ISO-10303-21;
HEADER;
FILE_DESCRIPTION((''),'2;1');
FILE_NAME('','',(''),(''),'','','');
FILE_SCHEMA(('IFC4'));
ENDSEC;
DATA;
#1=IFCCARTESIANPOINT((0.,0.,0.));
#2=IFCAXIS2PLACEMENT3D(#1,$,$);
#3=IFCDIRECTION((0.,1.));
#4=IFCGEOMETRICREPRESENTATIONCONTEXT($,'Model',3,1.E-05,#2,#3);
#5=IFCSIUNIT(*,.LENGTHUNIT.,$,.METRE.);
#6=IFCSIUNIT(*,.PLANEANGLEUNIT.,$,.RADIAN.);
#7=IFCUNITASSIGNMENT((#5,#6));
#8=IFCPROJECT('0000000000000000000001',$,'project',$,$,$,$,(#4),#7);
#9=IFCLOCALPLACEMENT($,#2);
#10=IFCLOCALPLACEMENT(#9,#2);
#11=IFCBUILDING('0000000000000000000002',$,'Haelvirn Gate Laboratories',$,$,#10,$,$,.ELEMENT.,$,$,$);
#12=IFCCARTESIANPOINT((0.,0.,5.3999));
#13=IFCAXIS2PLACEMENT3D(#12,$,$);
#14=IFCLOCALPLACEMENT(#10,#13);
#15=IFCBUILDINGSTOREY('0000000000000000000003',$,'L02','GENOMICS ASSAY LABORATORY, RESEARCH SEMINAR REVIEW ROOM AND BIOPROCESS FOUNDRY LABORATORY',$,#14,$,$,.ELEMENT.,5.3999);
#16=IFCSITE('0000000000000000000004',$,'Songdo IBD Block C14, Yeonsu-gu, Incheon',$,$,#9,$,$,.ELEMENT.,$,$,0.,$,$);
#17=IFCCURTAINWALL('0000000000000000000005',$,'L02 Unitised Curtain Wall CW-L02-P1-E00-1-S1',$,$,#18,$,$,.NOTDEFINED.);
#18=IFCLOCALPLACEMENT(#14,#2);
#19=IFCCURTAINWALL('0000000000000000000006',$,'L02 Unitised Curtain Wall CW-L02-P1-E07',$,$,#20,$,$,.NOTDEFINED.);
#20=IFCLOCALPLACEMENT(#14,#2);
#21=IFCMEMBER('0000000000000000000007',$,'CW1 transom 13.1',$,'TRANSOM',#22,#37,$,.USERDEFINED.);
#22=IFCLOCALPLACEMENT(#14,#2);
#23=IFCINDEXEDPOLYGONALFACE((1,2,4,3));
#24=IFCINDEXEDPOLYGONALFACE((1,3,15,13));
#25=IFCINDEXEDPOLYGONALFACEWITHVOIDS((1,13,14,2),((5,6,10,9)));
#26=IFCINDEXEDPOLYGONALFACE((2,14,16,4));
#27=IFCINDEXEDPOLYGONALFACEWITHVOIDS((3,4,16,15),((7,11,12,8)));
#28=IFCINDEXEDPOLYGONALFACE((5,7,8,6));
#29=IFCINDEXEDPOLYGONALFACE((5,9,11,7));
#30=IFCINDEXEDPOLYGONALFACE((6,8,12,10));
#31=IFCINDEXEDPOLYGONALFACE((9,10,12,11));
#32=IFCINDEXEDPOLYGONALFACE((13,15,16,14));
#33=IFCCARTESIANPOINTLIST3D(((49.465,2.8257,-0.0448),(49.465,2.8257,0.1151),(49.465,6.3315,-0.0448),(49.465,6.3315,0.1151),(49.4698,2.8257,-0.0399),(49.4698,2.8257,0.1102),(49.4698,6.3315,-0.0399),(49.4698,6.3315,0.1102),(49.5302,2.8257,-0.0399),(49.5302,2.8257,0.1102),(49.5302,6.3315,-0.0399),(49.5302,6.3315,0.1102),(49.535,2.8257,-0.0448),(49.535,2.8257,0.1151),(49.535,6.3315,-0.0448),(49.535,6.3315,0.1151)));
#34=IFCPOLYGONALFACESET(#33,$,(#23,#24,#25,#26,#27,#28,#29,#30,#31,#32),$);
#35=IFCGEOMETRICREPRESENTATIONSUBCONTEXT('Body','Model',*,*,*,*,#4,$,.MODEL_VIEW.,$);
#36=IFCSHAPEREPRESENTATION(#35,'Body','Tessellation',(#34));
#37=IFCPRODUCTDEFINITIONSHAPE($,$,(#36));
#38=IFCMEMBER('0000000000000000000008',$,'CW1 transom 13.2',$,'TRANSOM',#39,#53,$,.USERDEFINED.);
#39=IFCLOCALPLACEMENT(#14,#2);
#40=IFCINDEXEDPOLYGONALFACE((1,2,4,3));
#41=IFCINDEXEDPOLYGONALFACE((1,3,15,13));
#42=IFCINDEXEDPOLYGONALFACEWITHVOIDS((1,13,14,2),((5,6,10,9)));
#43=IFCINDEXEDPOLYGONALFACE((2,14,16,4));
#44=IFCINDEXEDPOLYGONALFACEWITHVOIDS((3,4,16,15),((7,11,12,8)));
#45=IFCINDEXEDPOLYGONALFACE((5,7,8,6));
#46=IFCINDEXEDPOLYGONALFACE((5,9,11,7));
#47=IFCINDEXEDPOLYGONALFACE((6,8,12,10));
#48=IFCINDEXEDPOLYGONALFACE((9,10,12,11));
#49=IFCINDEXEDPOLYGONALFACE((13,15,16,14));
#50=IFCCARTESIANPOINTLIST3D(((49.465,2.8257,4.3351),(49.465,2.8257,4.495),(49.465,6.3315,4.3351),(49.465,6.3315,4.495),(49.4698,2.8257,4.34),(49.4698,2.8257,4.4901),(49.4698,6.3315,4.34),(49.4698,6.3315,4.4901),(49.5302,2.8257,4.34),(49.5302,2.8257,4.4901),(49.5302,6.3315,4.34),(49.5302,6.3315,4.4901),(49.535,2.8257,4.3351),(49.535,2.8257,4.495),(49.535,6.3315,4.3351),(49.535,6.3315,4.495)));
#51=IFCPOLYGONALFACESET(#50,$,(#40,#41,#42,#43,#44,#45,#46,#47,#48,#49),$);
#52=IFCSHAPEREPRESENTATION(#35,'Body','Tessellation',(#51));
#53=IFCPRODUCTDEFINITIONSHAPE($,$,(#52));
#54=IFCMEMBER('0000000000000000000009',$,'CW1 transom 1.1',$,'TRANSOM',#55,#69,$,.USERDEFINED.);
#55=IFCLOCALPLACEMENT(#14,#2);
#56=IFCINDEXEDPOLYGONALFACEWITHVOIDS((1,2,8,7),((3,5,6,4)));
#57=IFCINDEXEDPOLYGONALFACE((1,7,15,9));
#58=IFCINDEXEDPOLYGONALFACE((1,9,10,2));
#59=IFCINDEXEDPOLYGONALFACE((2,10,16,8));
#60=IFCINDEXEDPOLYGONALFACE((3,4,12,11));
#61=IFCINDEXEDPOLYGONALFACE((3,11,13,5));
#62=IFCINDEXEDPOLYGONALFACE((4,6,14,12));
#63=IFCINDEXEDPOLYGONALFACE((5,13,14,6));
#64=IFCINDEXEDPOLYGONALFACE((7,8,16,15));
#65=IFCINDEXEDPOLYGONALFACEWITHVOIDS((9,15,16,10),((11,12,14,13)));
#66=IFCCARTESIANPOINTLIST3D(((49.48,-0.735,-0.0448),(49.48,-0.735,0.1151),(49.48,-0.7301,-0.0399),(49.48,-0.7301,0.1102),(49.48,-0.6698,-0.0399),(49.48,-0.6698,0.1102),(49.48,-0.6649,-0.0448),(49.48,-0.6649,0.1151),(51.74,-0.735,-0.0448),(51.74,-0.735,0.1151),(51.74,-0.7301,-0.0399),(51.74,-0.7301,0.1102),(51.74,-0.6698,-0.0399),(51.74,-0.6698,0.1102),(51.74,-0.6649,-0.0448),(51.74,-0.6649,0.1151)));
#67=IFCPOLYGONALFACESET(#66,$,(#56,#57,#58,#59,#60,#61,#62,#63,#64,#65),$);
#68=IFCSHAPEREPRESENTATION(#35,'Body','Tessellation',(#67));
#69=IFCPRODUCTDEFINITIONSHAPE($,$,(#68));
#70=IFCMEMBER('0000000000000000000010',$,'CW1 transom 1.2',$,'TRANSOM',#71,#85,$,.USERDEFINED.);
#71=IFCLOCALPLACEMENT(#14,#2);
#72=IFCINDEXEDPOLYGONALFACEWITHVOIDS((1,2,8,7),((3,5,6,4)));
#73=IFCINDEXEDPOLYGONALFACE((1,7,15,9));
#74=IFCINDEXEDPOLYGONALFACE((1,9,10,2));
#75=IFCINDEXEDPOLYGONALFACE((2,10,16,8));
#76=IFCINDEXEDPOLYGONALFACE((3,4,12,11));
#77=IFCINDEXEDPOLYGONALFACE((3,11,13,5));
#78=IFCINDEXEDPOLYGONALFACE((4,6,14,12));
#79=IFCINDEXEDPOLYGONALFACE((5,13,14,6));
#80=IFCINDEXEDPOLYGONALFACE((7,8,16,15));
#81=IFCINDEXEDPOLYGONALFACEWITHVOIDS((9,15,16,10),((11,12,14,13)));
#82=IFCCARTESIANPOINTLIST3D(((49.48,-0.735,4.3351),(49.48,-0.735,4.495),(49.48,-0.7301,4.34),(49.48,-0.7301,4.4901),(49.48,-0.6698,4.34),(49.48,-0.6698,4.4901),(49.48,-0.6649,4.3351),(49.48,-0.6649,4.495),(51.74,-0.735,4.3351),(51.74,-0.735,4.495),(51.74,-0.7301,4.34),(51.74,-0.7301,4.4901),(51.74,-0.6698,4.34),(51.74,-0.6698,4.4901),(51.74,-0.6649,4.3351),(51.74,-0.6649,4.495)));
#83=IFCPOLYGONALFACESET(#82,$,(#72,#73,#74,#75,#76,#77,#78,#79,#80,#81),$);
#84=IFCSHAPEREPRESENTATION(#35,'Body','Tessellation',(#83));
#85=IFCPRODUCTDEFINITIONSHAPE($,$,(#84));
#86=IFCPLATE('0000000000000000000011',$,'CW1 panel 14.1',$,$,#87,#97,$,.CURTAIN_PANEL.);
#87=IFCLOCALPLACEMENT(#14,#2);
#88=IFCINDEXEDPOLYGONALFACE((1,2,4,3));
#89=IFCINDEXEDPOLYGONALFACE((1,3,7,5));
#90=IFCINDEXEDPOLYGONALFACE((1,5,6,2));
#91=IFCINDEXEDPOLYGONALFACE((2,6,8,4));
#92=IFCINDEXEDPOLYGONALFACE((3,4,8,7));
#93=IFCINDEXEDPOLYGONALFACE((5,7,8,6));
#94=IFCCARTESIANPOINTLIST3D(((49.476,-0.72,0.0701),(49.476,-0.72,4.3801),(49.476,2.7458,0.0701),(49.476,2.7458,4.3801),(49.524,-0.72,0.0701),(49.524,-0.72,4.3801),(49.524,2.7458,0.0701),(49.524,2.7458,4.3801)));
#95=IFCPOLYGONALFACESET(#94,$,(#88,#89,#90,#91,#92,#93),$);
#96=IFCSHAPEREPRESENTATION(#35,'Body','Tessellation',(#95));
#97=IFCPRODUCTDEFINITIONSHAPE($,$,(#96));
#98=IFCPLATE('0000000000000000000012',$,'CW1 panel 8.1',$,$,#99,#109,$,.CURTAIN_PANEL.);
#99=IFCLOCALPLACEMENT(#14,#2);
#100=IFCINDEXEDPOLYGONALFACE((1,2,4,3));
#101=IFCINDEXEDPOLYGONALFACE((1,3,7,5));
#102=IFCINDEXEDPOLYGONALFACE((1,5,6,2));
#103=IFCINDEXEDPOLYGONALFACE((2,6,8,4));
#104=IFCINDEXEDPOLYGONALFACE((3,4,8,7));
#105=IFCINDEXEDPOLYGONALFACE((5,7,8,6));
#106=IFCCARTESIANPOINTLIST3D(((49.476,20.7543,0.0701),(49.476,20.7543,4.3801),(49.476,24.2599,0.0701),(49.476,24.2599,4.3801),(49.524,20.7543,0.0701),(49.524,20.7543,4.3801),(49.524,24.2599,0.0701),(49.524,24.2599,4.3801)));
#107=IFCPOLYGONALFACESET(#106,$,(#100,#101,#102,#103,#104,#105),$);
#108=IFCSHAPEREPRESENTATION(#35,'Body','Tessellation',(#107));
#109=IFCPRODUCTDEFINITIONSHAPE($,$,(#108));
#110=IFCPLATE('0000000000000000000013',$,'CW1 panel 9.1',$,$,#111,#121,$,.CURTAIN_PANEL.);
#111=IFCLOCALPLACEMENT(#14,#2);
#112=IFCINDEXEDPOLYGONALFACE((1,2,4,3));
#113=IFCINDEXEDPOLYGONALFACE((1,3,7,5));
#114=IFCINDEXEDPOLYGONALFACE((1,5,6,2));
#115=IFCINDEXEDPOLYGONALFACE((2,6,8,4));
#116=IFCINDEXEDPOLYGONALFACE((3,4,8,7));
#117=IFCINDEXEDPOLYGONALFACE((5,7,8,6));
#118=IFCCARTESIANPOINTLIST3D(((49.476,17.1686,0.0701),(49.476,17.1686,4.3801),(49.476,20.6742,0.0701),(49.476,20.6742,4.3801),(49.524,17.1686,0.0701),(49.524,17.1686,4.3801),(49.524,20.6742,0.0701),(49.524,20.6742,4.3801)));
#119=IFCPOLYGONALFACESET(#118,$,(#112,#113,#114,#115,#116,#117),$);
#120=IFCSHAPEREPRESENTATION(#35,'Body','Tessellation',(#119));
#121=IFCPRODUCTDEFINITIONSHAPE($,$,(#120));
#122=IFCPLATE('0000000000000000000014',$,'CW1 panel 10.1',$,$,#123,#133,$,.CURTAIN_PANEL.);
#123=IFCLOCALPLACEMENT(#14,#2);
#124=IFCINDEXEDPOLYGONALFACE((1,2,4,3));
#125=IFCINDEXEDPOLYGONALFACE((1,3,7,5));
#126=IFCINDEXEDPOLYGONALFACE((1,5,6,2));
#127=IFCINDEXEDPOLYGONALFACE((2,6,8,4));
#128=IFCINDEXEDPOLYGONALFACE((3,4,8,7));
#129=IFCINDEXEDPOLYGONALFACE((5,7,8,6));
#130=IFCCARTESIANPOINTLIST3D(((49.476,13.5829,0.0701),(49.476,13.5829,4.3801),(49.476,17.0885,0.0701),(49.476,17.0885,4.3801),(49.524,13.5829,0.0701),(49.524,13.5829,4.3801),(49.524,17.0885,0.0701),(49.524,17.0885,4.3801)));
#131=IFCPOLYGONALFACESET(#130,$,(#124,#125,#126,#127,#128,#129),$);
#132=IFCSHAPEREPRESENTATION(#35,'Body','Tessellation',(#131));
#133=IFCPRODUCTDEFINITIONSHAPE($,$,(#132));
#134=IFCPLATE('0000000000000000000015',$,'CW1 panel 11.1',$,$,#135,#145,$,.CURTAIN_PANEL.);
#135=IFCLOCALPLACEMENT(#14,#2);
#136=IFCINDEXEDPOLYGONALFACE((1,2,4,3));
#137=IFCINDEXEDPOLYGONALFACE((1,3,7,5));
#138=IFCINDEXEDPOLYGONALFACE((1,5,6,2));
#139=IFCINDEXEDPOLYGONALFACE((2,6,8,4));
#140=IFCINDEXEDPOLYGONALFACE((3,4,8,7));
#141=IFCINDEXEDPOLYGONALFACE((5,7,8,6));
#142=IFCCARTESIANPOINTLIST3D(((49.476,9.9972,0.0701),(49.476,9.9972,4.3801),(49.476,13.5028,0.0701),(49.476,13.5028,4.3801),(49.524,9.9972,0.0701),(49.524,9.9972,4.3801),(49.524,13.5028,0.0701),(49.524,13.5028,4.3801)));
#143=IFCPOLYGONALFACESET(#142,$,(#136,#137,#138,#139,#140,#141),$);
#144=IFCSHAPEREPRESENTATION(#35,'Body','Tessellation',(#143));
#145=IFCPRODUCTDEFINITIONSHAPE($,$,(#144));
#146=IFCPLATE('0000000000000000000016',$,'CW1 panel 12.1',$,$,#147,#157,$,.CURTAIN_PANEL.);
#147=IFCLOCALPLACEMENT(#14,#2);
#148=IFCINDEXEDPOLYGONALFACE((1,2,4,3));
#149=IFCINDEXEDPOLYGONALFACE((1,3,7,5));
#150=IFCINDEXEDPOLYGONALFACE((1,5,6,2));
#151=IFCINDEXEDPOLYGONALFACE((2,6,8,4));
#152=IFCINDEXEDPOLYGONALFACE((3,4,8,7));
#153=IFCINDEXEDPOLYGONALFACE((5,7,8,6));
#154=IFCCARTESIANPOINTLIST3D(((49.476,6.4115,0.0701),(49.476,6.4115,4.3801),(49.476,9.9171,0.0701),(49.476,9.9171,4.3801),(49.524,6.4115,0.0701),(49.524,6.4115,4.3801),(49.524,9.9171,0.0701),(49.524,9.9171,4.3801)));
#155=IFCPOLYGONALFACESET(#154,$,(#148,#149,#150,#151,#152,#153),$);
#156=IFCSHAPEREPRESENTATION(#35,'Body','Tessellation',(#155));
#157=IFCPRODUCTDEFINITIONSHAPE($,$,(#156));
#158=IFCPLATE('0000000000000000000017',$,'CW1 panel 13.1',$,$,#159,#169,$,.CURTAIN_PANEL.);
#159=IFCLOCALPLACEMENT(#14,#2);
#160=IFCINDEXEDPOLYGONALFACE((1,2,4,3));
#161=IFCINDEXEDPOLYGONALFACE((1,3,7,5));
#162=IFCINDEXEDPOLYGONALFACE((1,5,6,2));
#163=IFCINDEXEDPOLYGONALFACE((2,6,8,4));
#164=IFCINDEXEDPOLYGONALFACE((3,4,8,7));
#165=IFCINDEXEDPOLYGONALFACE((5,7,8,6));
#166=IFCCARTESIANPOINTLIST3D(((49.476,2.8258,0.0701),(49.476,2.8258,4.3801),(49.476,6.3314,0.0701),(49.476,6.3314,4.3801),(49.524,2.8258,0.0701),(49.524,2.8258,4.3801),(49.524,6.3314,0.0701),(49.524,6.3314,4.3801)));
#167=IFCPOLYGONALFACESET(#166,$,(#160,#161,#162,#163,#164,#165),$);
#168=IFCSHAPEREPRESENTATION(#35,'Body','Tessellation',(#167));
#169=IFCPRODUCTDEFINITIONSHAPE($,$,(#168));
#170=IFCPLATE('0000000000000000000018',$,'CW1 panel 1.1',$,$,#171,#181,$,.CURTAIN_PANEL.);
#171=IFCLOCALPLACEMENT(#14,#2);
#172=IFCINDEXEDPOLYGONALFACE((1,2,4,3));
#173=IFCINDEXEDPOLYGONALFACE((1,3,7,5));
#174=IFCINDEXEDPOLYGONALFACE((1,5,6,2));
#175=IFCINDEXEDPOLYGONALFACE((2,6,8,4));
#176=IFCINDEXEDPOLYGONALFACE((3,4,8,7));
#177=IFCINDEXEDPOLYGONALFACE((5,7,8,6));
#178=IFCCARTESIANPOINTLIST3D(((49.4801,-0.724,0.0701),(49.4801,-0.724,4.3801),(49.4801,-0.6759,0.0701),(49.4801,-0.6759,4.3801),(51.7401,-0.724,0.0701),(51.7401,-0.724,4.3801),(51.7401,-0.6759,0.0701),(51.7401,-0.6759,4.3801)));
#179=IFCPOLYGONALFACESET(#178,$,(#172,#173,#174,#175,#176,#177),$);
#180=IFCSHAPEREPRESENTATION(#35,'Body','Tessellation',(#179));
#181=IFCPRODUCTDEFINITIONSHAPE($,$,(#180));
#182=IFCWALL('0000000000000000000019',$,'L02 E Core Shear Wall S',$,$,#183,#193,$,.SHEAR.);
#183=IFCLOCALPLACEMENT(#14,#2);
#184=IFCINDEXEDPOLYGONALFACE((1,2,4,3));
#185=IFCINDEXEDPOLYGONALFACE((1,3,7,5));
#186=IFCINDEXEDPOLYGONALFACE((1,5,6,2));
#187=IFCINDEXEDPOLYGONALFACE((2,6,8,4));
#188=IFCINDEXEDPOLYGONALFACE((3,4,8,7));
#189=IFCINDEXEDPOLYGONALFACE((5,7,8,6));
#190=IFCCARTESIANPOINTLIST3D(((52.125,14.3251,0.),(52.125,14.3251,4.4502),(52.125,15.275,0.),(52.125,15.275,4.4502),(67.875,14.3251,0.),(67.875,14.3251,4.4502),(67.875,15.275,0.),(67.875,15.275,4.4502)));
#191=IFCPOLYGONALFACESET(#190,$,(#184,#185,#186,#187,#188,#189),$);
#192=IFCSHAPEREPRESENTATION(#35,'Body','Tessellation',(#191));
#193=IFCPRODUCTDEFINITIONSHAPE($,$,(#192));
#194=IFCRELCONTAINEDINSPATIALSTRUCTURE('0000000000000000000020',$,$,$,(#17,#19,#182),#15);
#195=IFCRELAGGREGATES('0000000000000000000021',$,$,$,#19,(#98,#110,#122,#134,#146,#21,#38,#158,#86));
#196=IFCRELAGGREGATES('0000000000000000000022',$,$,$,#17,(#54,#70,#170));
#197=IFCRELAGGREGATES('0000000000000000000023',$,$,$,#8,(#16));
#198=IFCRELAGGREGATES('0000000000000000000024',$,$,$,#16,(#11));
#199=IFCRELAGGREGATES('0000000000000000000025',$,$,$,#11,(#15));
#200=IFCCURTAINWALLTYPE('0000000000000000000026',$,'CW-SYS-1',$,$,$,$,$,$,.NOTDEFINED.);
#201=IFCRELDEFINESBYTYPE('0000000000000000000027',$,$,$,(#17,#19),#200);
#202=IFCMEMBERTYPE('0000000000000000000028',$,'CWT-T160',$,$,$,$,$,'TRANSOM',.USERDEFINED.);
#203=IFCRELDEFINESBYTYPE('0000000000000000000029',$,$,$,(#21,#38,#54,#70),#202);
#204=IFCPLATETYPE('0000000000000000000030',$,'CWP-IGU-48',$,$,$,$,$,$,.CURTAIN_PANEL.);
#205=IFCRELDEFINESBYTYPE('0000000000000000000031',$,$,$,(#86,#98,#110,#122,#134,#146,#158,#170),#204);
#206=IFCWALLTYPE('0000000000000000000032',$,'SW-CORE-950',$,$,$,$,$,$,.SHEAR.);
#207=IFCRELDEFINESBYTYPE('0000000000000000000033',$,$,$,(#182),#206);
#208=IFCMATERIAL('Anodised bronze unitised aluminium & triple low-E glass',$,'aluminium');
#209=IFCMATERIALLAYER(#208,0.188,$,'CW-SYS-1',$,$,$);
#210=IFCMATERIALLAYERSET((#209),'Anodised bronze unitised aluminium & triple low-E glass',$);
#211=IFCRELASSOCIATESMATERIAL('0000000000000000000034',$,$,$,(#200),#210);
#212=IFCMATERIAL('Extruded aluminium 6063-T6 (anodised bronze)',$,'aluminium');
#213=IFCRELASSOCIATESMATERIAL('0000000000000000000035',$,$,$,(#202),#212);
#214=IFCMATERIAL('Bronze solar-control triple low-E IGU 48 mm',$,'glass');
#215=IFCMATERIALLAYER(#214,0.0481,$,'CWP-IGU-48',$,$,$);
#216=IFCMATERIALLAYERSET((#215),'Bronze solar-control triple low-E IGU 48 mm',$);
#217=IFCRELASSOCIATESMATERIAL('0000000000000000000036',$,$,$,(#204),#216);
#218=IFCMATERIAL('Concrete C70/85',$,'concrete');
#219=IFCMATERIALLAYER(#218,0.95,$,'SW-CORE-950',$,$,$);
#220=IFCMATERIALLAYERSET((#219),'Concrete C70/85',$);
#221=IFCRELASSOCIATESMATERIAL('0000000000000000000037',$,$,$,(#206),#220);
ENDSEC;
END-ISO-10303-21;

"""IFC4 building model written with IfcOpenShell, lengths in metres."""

from ifc_helpers import new_model, si_unit, direction, frame, frame_2d, origin, origin_2d, place, context, subcontext, project, spatial, rectangle, hollow_rectangle, extrude, source, transform, mapped, material, layer, layer_set, material_profile, profile_set, type_object, type_shapes, element, aggregate, save


model = new_model("IFC4")

# Units and contexts
model_context = context("Model", 3, precision=1e-05, world=origin(), true_north=direction((0.0, 1.0)))
body_context = subcontext(model_context, "Body", "Model", "MODEL_VIEW")
ifc_project = project(units=[si_unit("LENGTHUNIT", "METRE"), si_unit("PLANEANGLEUNIT", "RADIAN")], contexts=[model_context])

# Site, building, storey
site_placement = place(None, origin())
site = spatial("IfcSite", under=ifc_project, at=site_placement, Name="Songdo IBD Block C14, Yeonsu-gu, Incheon", CompositionType="ELEMENT", RefElevation=0.0)
building_placement = place(site_placement, origin())
building = spatial("IfcBuilding", under=site, at=building_placement, Name="Haelvirn Gate Laboratories", CompositionType="ELEMENT")
storey_placement = place(building_placement, frame((0.0, 0.0, 5.3999)))
storey = spatial("IfcBuildingStorey", under=building, at=storey_placement, Name="L02", Description="GENOMICS ASSAY LABORATORY, RESEARCH SEMINAR REVIEW ROOM AND BIOPROCESS FOUNDRY LABORATORY", CompositionType="ELEMENT", Elevation=5.3999)

# Shared definitions
ifc_material_1 = material(Name="Concrete C70/85", Category="concrete")

# Shared definitions
ifc_material_2 = material(Name="Anodised bronze unitised aluminium & triple low-E glass", Category="aluminium")
ifc_layer_1 = layer(ifc_material_2, 0.188, Name="CW-SYS-1")
ifc_layer_set_1 = layer_set([ifc_layer_1], Name="Anodised bronze unitised aluminium & triple low-E glass")
curtain_wall_type = type_object("IfcCurtainWallType", Name="CW-SYS-1", PredefinedType="NOTDEFINED", material=ifc_layer_set_1)
ifc_material_3 = material(Name="Extruded aluminium 6063-T6 (anodised bronze)", Category="aluminium")

# Curtain walls, members
curtain_wall_1_placement = place(storey_placement, origin())
curtain_wall_1 = element("IfcCurtainWall", 1, at=curtain_wall_1_placement, inside=storey, type_object=curtain_wall_type, Name="L02 Unitised Curtain Wall CW-L02-P1-E00-1-S1", PredefinedType="NOTDEFINED")
curtain_wall_2_placement = place(storey_placement, origin())
curtain_wall_2 = element("IfcCurtainWall", 2, at=curtain_wall_2_placement, inside=storey, type_object=curtain_wall_type, Name="L02 Unitised Curtain Wall CW-L02-P1-E07", PredefinedType="NOTDEFINED")
ifc_material_profile_1 = material_profile(ifc_material_3, hollow_rectangle(XDim=0.0701, YDim=0.1599, WallThickness=0.0049, at=origin_2d()), Name="CWT-160x70x5")
ifc_profile_set_1 = profile_set([ifc_material_profile_1], Name="Extruded aluminium 6063-T6 (anodised bronze)")
member_type_1 = type_object("IfcMemberType", Name="CWT-T160", ElementType="TRANSOM", PredefinedType="USERDEFINED", material=ifc_profile_set_1)
shared_shape_1 = source(origin(), body_context, "Body", "SweptSolid", [
    extrude(hollow_rectangle(XDim=0.0701, YDim=0.1599, WallThickness=0.0049, at=origin_2d()), origin(), (0.0, 0.0, 1.0), 3.5059),
])
member_1_placement = place(storey_placement, frame((49.5, 6.3315, 0.0352), z_axis=(0.0, -1.0, 0.0), x_axis=(1.0, 0.0, 0.0)))
member_1 = element("IfcMember", 3, at=member_1_placement, type_object=member_type_1, Name="CW1 transom 13.1", ObjectType="TRANSOM", PredefinedType="USERDEFINED", context=body_context, shape_type="MappedRepresentation", body=[
    mapped(shared_shape_1, transform((0.0, 0.0, 0.0), scale=1.0)),
])
member_2_placement = place(storey_placement, frame((49.5, 6.3315, 4.415), z_axis=(0.0, -1.0, 0.0), x_axis=(1.0, 0.0, 0.0)))
member_2 = element("IfcMember", 4, at=member_2_placement, type_object=member_type_1, Name="CW1 transom 13.2", ObjectType="TRANSOM", PredefinedType="USERDEFINED", context=body_context, shape_type="MappedRepresentation", body=[
    mapped(shared_shape_1, transform((0.0, 0.0, 0.0), scale=1.0)),
])

# Members
shared_shape_2 = source(origin(), body_context, "Body", "SweptSolid", [
    extrude(hollow_rectangle(XDim=0.0701, YDim=0.1599, WallThickness=0.0049, at=origin_2d()), origin(), (0.0, 0.0, 1.0), 2.26),
])
member_3_placement = place(storey_placement, frame((49.48, -0.7, 0.0352), z_axis=(1.0, 0.0, 0.0), x_axis=(0.0, 1.0, 0.0)))
member_3 = element("IfcMember", 5, at=member_3_placement, type_object=member_type_1, Name="CW1 transom 1.1", ObjectType="TRANSOM", PredefinedType="USERDEFINED", context=body_context, shape_type="MappedRepresentation", body=[
    mapped(shared_shape_2, transform((0.0, 0.0, 0.0), scale=1.0)),
])
member_4_placement = place(storey_placement, frame((49.48, -0.7, 4.415), z_axis=(1.0, 0.0, 0.0), x_axis=(0.0, 1.0, 0.0)))
member_4 = element("IfcMember", 6, at=member_4_placement, type_object=member_type_1, Name="CW1 transom 1.2", ObjectType="TRANSOM", PredefinedType="USERDEFINED", context=body_context, shape_type="MappedRepresentation", body=[
    mapped(shared_shape_2, transform((0.0, 0.0, 0.0), scale=1.0)),
])

# Plates
ifc_material_4 = material(Name="Bronze solar-control triple low-E IGU 48 mm", Category="glass")
ifc_layer_2 = layer(ifc_material_4, 0.0481, Name="CWP-IGU-48")
ifc_layer_set_2 = layer_set([ifc_layer_2], Name="Bronze solar-control triple low-E IGU 48 mm")
plate_type = type_object("IfcPlateType", Name="CWP-IGU-48", PredefinedType="CURTAIN_PANEL", material=ifc_layer_set_2)
shared_shape_3 = source(origin(), body_context, "Body", "SweptSolid", [
    extrude(rectangle(XDim=3.4658, YDim=0.0481, at=origin_2d()), origin(), (0.0, 0.0, 1.0), 4.3101),
])
plate_1_placement = place(storey_placement, frame((49.5, 1.0129, 0.0701), z_axis=(0.0, 0.0, 1.0), x_axis=(0.0, -1.0, 0.0)))
plate_1 = element("IfcPlate", 7, at=plate_1_placement, type_object=plate_type, Name="CW1 panel 14.1", PredefinedType="CURTAIN_PANEL", context=body_context, shape_type="MappedRepresentation", body=[
    mapped(shared_shape_3, transform((0.0, 0.0, 0.0), scale=1.0)),
])
shared_shape_4 = source(origin(), body_context, "Body", "SweptSolid", [
    extrude(rectangle(XDim=3.5056, YDim=0.0481, at=origin_2d()), origin(), (0.0, 0.0, 1.0), 4.3101),
])
plate_2_placement = place(storey_placement, frame((49.5, 22.5071, 0.0701), z_axis=(0.0, 0.0, 1.0), x_axis=(0.0, -1.0, 0.0)))
plate_2 = element("IfcPlate", 8, at=plate_2_placement, type_object=plate_type, Name="CW1 panel 8.1", PredefinedType="CURTAIN_PANEL", context=body_context, shape_type="MappedRepresentation", body=[
    mapped(shared_shape_4, transform((0.0, 0.0, 0.0), scale=1.0)),
])
plate_3_placement = place(storey_placement, frame((49.5, 18.9214, 0.0701), z_axis=(0.0, 0.0, 1.0), x_axis=(0.0, -1.0, 0.0)))
plate_3 = element("IfcPlate", 9, at=plate_3_placement, type_object=plate_type, Name="CW1 panel 9.1", PredefinedType="CURTAIN_PANEL", context=body_context, shape_type="MappedRepresentation", body=[
    mapped(shared_shape_4, transform((0.0, 0.0, 0.0), scale=1.0)),
])
plate_4_placement = place(storey_placement, frame((49.5, 15.3357, 0.0701), z_axis=(0.0, 0.0, 1.0), x_axis=(0.0, -1.0, 0.0)))
plate_4 = element("IfcPlate", 10, at=plate_4_placement, type_object=plate_type, Name="CW1 panel 10.1", PredefinedType="CURTAIN_PANEL", context=body_context, shape_type="MappedRepresentation", body=[
    mapped(shared_shape_4, transform((0.0, 0.0, 0.0), scale=1.0)),
])
plate_5_placement = place(storey_placement, frame((49.5, 11.75, 0.0701), z_axis=(0.0, 0.0, 1.0), x_axis=(0.0, -1.0, 0.0)))
plate_5 = element("IfcPlate", 11, at=plate_5_placement, type_object=plate_type, Name="CW1 panel 11.1", PredefinedType="CURTAIN_PANEL", context=body_context, shape_type="MappedRepresentation", body=[
    mapped(shared_shape_4, transform((0.0, 0.0, 0.0), scale=1.0)),
])
plate_6_placement = place(storey_placement, frame((49.5, 8.1643, 0.0701), z_axis=(0.0, 0.0, 1.0), x_axis=(0.0, -1.0, 0.0)))
plate_6 = element("IfcPlate", 12, at=plate_6_placement, type_object=plate_type, Name="CW1 panel 12.1", PredefinedType="CURTAIN_PANEL", context=body_context, shape_type="MappedRepresentation", body=[
    mapped(shared_shape_4, transform((0.0, 0.0, 0.0), scale=1.0)),
])
plate_7_placement = place(storey_placement, frame((49.5, 4.5786, 0.0701), z_axis=(0.0, 0.0, 1.0), x_axis=(0.0, -1.0, 0.0)))
plate_7 = element("IfcPlate", 13, at=plate_7_placement, type_object=plate_type, Name="CW1 panel 13.1", PredefinedType="CURTAIN_PANEL", context=body_context, shape_type="MappedRepresentation", body=[
    mapped(shared_shape_4, transform((0.0, 0.0, 0.0), scale=1.0)),
])
aggregate(curtain_wall_2, [plate_2, plate_3, plate_4, plate_5, plate_6, member_1, member_2, plate_7, plate_1])
shared_shape_5 = source(origin(), body_context, "Body", "SweptSolid", [
    extrude(rectangle(XDim=2.26, YDim=0.0481, at=origin_2d()), origin(), (0.0, 0.0, 1.0), 4.3101),
])
type_shapes(plate_type, [shared_shape_3, shared_shape_4, shared_shape_5])
plate_8_placement = place(storey_placement, frame((50.6101, -0.7, 0.0701), z_axis=(0.0, 0.0, 1.0), x_axis=(1.0, 0.0, 0.0)))
plate_8 = element("IfcPlate", 14, at=plate_8_placement, type_object=plate_type, Name="CW1 panel 1.1", PredefinedType="CURTAIN_PANEL", context=body_context, shape_type="MappedRepresentation", body=[
    mapped(shared_shape_5, transform((0.0, 0.0, 0.0), scale=1.0)),
])
aggregate(curtain_wall_1, [member_3, member_4, plate_8])

# Wall
ifc_layer_3 = layer(ifc_material_1, 0.95, Name="SW-CORE-950")
ifc_layer_set_3 = layer_set([ifc_layer_3], Name="Concrete C70/85")
wall_type = type_object("IfcWallType", Name="SW-CORE-950", PredefinedType="SHEAR", material=ifc_layer_set_3)
wall_placement = place(storey_placement, frame((52.125, 14.8, 0.0), z_axis=(0.0, 0.0, 1.0), x_axis=(1.0, 0.0, 0.0)))
element("IfcWall", 15, at=wall_placement, inside=storey, type_object=wall_type, Name="L02 E Core Shear Wall S", PredefinedType="SHEAR", context=body_context, shape_type="SweptSolid", body=[
    extrude(rectangle(XDim=15.75, YDim=0.95, at=frame_2d((7.875, 0.0))), origin(), (0.0, 0.0, 1.0), 4.4502),
])

save(model, "model.ifc")
